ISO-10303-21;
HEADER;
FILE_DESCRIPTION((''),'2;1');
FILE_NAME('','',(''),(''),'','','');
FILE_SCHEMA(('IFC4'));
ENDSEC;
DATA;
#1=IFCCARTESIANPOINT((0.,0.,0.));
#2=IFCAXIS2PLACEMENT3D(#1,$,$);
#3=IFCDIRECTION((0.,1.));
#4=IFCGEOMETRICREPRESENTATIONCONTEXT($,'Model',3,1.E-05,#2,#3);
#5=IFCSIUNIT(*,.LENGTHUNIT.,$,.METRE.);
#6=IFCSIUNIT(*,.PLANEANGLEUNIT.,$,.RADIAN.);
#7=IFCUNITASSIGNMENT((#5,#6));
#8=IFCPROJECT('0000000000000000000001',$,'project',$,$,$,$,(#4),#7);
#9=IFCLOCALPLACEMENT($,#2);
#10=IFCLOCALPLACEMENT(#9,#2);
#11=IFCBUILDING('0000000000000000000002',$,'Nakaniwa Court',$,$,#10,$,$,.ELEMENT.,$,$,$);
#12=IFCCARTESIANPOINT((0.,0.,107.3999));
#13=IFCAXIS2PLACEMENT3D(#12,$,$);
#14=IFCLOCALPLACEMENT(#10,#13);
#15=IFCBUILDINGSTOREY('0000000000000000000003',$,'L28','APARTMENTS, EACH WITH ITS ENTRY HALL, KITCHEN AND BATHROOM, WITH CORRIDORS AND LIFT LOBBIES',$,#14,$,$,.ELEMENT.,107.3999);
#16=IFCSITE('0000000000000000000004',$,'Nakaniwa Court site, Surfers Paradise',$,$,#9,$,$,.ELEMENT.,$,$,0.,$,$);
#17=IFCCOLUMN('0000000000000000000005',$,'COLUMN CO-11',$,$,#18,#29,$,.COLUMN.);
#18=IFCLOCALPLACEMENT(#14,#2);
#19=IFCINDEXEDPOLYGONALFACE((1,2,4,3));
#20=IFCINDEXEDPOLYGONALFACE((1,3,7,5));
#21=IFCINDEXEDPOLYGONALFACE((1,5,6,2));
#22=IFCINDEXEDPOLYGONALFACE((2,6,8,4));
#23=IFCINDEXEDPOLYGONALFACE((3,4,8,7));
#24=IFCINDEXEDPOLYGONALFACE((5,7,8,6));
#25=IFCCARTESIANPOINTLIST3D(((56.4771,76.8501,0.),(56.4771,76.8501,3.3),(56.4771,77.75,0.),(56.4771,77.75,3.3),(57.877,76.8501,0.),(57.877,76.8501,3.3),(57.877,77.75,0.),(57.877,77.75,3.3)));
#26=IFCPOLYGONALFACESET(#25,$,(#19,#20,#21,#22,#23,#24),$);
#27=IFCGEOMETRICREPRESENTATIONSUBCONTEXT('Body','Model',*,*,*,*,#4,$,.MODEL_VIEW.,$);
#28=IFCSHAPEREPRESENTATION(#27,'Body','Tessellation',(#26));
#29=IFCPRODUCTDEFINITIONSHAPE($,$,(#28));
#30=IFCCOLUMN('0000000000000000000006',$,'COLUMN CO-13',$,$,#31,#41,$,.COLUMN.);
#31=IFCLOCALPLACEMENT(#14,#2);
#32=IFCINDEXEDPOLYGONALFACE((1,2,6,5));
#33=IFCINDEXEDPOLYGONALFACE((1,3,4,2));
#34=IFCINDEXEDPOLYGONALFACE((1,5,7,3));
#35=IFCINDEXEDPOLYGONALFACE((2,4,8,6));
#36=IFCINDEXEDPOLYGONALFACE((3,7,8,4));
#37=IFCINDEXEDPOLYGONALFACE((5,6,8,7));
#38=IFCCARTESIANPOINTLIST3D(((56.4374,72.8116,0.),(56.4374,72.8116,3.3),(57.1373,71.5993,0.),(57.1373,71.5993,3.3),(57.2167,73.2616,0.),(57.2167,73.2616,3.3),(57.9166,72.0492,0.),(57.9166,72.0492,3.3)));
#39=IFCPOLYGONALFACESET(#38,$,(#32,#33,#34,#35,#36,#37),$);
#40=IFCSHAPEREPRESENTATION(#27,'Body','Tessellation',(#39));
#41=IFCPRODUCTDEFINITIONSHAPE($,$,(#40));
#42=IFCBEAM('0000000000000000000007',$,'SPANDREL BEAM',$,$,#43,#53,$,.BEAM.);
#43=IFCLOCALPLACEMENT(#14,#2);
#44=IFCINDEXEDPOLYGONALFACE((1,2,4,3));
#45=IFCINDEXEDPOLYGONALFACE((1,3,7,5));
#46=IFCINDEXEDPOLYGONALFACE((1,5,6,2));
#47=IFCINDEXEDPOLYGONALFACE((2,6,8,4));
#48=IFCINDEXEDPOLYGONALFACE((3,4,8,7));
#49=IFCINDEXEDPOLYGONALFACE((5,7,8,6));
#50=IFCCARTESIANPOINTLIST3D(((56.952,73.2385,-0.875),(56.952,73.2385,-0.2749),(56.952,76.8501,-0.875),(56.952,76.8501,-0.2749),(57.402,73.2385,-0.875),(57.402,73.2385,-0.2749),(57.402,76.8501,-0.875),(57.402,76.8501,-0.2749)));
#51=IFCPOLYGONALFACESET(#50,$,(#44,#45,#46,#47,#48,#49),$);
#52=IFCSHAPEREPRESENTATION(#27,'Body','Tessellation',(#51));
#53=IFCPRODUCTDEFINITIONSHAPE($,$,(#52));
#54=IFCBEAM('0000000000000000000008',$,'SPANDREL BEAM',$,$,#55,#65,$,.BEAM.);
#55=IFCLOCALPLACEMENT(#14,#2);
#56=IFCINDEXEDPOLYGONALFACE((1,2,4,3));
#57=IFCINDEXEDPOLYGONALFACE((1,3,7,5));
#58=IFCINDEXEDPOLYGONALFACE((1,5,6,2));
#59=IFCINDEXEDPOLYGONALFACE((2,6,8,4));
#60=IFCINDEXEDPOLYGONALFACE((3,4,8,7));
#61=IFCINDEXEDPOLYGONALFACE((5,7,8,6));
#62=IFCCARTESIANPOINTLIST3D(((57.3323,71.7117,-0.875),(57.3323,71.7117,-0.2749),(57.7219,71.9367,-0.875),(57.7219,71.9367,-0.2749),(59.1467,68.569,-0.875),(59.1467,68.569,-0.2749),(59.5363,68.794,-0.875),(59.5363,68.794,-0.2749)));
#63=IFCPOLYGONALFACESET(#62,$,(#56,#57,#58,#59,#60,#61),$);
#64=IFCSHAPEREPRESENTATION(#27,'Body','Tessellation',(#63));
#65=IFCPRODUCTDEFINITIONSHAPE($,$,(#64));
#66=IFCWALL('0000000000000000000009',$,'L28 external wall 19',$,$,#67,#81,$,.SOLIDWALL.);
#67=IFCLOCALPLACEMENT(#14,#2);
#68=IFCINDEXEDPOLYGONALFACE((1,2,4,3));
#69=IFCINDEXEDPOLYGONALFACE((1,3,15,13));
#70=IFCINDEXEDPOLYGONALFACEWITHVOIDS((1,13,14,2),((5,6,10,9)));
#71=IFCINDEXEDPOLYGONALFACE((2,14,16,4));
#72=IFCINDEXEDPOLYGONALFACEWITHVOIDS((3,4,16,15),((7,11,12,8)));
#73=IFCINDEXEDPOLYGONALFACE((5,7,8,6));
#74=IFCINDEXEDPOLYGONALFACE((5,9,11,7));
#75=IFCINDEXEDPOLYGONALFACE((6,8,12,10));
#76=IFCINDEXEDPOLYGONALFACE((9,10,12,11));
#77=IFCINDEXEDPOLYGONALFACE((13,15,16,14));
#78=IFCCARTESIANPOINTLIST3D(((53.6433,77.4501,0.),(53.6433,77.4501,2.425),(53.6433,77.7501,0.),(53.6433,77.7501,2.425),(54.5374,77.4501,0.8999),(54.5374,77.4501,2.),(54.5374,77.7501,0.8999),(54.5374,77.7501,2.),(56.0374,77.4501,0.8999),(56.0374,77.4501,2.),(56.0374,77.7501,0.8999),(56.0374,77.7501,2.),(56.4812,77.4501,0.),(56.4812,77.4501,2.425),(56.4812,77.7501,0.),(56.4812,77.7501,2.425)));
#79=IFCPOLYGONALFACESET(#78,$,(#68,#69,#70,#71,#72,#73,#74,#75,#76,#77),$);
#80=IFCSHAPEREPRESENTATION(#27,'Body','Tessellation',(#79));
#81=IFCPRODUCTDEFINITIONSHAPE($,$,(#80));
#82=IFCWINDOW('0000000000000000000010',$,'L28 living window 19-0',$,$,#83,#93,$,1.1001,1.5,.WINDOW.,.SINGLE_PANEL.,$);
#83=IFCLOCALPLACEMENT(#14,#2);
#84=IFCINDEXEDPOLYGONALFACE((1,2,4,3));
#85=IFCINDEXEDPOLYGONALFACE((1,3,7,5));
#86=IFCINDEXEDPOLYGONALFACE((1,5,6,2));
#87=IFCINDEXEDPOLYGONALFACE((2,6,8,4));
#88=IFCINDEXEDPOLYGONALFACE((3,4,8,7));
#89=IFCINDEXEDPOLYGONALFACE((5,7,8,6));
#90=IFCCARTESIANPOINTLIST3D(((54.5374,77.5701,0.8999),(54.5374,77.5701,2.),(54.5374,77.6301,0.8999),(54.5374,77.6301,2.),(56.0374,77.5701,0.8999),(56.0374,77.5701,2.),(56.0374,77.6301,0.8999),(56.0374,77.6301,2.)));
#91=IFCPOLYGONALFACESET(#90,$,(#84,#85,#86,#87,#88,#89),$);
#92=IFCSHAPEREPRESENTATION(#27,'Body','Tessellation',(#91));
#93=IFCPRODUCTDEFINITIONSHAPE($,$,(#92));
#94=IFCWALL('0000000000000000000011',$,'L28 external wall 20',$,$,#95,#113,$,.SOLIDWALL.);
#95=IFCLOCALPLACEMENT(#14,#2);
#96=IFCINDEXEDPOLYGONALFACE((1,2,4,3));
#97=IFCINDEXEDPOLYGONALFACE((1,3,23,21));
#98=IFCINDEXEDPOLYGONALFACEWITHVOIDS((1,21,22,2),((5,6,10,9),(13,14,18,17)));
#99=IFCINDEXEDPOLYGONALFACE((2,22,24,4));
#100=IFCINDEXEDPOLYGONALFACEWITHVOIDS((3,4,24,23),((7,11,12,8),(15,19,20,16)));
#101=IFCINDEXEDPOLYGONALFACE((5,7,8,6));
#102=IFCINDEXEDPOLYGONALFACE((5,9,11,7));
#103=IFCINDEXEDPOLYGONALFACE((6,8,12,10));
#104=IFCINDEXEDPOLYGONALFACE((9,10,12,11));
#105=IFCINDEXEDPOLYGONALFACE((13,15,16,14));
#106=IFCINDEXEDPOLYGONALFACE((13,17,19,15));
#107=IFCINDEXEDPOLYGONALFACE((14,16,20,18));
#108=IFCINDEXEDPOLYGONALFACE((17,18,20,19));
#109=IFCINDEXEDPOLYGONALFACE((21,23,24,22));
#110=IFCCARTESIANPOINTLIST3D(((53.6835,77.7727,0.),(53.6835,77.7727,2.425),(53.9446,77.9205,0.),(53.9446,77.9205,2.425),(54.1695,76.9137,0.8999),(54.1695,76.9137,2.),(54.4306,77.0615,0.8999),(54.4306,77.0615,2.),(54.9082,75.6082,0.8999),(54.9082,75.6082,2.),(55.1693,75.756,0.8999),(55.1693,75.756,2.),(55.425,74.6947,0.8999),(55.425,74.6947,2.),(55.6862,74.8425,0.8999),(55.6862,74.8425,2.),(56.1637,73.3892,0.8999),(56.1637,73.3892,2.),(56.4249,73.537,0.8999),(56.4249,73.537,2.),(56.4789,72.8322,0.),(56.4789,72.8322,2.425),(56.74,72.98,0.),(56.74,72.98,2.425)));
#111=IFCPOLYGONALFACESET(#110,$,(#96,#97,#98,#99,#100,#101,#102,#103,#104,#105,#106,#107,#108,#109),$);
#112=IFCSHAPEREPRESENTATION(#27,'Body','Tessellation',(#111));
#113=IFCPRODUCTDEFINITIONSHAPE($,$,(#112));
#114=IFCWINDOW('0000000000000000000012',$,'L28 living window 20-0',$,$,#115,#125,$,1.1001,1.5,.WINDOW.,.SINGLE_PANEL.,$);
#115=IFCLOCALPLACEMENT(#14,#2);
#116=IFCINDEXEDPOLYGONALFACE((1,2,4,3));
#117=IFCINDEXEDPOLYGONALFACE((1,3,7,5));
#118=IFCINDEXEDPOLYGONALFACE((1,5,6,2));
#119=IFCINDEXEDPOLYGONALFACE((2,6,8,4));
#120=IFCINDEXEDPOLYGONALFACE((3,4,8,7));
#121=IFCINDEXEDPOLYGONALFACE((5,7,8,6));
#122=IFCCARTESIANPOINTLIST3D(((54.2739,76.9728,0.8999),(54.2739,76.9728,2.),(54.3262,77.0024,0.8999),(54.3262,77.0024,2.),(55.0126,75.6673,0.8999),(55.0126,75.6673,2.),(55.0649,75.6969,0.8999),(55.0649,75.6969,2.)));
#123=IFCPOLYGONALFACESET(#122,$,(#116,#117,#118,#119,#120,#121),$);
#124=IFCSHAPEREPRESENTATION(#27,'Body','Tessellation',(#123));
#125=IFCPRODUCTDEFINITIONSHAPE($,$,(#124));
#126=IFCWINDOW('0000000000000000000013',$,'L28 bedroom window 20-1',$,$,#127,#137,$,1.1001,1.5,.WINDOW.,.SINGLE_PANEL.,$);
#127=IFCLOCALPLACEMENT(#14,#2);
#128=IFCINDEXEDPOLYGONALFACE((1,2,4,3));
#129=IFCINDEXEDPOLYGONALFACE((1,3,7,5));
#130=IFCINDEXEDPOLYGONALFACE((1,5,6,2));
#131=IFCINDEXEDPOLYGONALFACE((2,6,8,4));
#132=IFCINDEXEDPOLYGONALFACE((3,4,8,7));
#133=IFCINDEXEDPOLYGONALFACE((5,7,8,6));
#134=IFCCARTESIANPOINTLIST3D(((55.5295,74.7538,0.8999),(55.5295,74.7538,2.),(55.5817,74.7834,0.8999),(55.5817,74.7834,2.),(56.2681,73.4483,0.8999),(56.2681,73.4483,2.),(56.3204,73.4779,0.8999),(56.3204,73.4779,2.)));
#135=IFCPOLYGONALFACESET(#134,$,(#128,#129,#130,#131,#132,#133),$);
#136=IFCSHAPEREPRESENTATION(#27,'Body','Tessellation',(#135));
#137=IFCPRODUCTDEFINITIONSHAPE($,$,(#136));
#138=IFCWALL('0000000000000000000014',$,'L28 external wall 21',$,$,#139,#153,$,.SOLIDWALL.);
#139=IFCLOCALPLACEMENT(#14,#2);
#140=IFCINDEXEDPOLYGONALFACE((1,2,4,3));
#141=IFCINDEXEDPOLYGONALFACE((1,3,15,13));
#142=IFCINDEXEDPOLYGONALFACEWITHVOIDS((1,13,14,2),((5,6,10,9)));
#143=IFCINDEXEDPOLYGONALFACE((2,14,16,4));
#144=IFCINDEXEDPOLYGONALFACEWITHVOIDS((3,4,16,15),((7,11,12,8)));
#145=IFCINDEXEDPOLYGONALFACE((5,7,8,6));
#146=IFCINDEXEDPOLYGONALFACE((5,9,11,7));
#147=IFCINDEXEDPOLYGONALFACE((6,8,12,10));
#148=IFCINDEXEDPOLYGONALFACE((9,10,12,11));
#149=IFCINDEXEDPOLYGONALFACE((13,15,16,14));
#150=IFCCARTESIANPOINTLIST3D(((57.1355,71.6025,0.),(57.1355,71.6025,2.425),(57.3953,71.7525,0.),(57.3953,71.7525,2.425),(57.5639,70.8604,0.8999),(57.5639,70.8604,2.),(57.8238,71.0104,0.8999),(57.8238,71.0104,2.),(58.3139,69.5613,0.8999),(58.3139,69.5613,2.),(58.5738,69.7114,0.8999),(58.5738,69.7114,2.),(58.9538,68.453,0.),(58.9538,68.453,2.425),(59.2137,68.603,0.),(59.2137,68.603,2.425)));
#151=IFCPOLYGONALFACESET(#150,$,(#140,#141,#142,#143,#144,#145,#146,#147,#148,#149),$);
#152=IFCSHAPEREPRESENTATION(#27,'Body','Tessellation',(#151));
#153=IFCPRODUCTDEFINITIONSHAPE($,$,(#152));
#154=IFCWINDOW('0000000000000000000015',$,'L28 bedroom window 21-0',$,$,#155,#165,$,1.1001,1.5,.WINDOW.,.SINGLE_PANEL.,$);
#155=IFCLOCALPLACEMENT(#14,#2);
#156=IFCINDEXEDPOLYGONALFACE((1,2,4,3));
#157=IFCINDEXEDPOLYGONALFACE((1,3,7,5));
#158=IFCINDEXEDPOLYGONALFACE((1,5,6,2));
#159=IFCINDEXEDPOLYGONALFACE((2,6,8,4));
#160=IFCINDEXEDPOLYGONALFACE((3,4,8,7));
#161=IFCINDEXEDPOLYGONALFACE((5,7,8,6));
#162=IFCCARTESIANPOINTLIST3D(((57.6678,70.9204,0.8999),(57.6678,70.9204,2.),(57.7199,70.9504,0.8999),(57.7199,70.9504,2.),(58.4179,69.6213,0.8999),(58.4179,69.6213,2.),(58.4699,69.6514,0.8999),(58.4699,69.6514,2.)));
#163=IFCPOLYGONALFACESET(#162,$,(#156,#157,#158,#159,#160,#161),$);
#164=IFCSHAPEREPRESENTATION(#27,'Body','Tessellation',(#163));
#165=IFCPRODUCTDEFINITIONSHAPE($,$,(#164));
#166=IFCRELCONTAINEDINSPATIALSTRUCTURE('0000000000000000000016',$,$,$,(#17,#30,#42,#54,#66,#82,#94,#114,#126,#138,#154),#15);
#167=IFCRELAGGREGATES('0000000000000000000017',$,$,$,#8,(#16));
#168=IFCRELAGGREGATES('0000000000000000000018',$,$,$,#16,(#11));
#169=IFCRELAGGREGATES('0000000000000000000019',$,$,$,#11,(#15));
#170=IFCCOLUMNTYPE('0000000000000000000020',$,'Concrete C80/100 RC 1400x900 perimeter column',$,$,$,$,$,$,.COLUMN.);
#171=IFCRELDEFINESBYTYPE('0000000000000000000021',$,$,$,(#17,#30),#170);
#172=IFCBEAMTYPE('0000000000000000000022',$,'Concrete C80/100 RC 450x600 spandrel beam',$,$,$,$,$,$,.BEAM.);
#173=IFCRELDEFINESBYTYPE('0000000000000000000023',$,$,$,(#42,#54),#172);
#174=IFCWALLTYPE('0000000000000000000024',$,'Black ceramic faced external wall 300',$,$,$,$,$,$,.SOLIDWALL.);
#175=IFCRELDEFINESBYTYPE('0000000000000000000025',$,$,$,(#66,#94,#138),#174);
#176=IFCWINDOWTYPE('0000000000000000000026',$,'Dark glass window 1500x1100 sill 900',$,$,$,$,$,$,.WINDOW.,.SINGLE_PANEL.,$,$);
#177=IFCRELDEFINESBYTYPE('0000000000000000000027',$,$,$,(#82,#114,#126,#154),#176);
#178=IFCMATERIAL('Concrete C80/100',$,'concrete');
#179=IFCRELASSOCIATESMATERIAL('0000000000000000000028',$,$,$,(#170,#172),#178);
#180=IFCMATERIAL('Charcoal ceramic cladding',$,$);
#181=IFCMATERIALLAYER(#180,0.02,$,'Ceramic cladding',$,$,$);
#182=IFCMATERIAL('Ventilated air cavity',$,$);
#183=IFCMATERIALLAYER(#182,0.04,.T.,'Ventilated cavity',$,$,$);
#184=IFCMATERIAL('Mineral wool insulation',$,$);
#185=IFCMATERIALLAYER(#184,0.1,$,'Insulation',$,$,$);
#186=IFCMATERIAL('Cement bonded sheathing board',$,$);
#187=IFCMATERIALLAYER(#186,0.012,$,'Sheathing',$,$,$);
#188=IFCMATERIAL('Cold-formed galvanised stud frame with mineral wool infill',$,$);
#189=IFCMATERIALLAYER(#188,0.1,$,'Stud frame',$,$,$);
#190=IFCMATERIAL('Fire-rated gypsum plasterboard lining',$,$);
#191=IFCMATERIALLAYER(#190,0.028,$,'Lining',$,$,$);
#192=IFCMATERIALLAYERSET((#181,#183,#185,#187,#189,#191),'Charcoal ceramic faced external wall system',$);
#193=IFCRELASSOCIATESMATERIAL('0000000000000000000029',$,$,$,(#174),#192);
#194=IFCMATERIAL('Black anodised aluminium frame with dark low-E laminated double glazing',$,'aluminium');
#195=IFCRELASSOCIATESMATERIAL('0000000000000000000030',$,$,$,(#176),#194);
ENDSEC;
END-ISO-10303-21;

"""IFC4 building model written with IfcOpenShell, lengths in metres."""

from ifc_helpers import new_model, si_unit, direction, frame, frame_2d, origin, origin_2d, place, context, subcontext, project, spatial, rectangle, extrude, material, layer, layer_set, material_profile, profile_set, type_object, element, fill, save


model = new_model("IFC4")

# Units and contexts
model_context = context("Model", 3, precision=1e-05, world=origin(), true_north=direction((0.0, 1.0)))
body_context = subcontext(model_context, "Body", "Model", "MODEL_VIEW")
ifc_project = project(units=[si_unit("LENGTHUNIT", "METRE"), si_unit("PLANEANGLEUNIT", "RADIAN")], contexts=[model_context])

# Site, building, storey
site_placement = place(None, origin())
site = spatial("IfcSite", under=ifc_project, at=site_placement, Name="Nakaniwa Court site, Surfers Paradise", CompositionType="ELEMENT", RefElevation=0.0)
building_placement = place(site_placement, origin())
building = spatial("IfcBuilding", under=site, at=building_placement, Name="Nakaniwa Court", CompositionType="ELEMENT")
storey_placement = place(building_placement, frame((0.0, 0.0, 107.3999)))
storey = spatial("IfcBuildingStorey", under=building, at=storey_placement, Name="L28", Description="APARTMENTS, EACH WITH ITS ENTRY HALL, KITCHEN AND BATHROOM, WITH CORRIDORS AND LIFT LOBBIES", CompositionType="ELEMENT", Elevation=107.3999)

# Columns
ifc_material_1 = material(Name="Concrete C80/100", Category="concrete")
ifc_material_profile_1 = material_profile(ifc_material_1, rectangle(XDim=1.3999, YDim=0.8999, at=origin_2d()), Name="Concrete C80/100 RC 1400x900 perimeter column")
ifc_profile_set_1 = profile_set([ifc_material_profile_1], Name="Concrete C80/100")
column_type = type_object("IfcColumnType", Name="Concrete C80/100 RC 1400x900 perimeter column", PredefinedType="COLUMN", material=ifc_profile_set_1)
for number, where, z_axis, x_axis, name in (
    (1, (57.177, 77.3, 0.0), (0.0, 0.0, 1.0), (-1.0, 0.0, 0.0), "COLUMN CO-11"),
    (2, (57.177, 72.4304, 0.0), (0.0, 0.0, 1.0), (0.5, -0.866025, 0.0), "COLUMN CO-13"),
):
    element("IfcColumn", number, at=place(storey_placement, frame(where, z_axis=z_axis, x_axis=x_axis)), inside=storey, type_object=column_type, Name=name, PredefinedType="COLUMN", context=body_context, shape_type="SweptSolid", body=[
        extrude(rectangle(XDim=1.3999, YDim=0.8999, at=origin_2d()), origin(), (0.0, 0.0, 1.0), 3.3),
    ])

# Beams
ifc_material_profile_2 = material_profile(ifc_material_1, rectangle(XDim=0.45, YDim=0.6001, at=origin_2d()), Name="Concrete C80/100 RC 450x600 spandrel beam")
ifc_profile_set_2 = profile_set([ifc_material_profile_2], Name="Concrete C80/100")
beam_type = type_object("IfcBeamType", Name="Concrete C80/100 RC 450x600 spandrel beam", PredefinedType="BEAM", material=ifc_profile_set_2)
beam_1_placement = place(storey_placement, frame((57.177, 76.8501, -0.575), z_axis=(0.0, -1.0, 0.0), x_axis=(1.0, 0.0, 0.0)))
element("IfcBeam", 3, at=beam_1_placement, inside=storey, type_object=beam_type, Name="SPANDREL BEAM", PredefinedType="BEAM", context=body_context, shape_type="SweptSolid", body=[
    extrude(rectangle(XDim=0.45, YDim=0.6001, at=origin_2d()), origin(), (0.0, 0.0, 1.0), 3.6116),
])
beam_2_placement = place(storey_placement, frame((57.5271, 71.8242, -0.575), z_axis=(0.499988, -0.866032, 0.0), x_axis=(0.866032, 0.499988, 0.0)))
element("IfcBeam", 4, at=beam_2_placement, inside=storey, type_object=beam_type, Name="SPANDREL BEAM", PredefinedType="BEAM", context=body_context, shape_type="SweptSolid", body=[
    extrude(rectangle(XDim=0.45, YDim=0.6001, at=origin_2d()), origin(), (0.0, 0.0, 1.0), 3.6289),
])

# Wall, opening, window
ifc_material_2 = material(Name="Charcoal ceramic cladding")
ifc_layer_1 = layer(ifc_material_2, 0.02, Name="Ceramic cladding")
ifc_material_3 = material(Name="Ventilated air cavity")
ifc_layer_2 = layer(ifc_material_3, 0.04, ventilated=True, Name="Ventilated cavity")
ifc_material_4 = material(Name="Mineral wool insulation")
ifc_layer_3 = layer(ifc_material_4, 0.1, Name="Insulation")
ifc_material_5 = material(Name="Cement bonded sheathing board")
ifc_layer_4 = layer(ifc_material_5, 0.012, Name="Sheathing")
ifc_material_6 = material(Name="Cold-formed galvanised stud frame with mineral wool infill")
ifc_layer_5 = layer(ifc_material_6, 0.1, Name="Stud frame")
ifc_material_7 = material(Name="Fire-rated gypsum plasterboard lining")
ifc_layer_6 = layer(ifc_material_7, 0.028, Name="Lining")
ifc_layer_set_1 = layer_set([ifc_layer_1, ifc_layer_2, ifc_layer_3, ifc_layer_4, ifc_layer_5, ifc_layer_6], Name="Charcoal ceramic faced external wall system")
wall_type_1 = type_object("IfcWallType", Name="Black ceramic faced external wall 300", PredefinedType="SOLIDWALL", material=ifc_layer_set_1)
wall_1_placement = place(storey_placement, frame((56.4812, 77.6001, 0.0), z_axis=(0.0, 0.0, 1.0), x_axis=(-1.0, 0.0, 0.0)))
wall_1 = element("IfcWall", 5, at=wall_1_placement, inside=storey, type_object=wall_type_1, Name="L28 external wall 19", PredefinedType="SOLIDWALL", context=body_context, shape_type="SweptSolid", body=[
    extrude(rectangle(XDim=2.8379, YDim=0.3, at=frame_2d((1.4189, 0.0))), origin(), (0.0, 0.0, 1.0), 2.425),
])
opening_1_placement = place(wall_1_placement, frame((0.4438, 0.0, 0.8999)))
opening_1 = element("IfcOpeningElement", 6, at=opening_1_placement, cuts=wall_1, PredefinedType="OPENING", context=body_context, shape_type="SweptSolid", body=[
    extrude(rectangle(XDim=1.5, YDim=1.1001, at=frame_2d((0.75, 0.55))), frame((0.0, 0.1599, 0.0), z_axis=(0.0, -1.0, 0.0), x_axis=(1.0, 0.0, 0.0)), (0.0, 0.0, 1.0), 0.3201),
])
ifc_material_8 = material(Name="Black anodised aluminium frame with dark low-E laminated double glazing", Category="aluminium")
window_type = type_object("IfcWindowType", Name="Dark glass window 1500x1100 sill 900", PartitioningType="SINGLE_PANEL", PredefinedType="WINDOW", material=ifc_material_8)
window_1_placement = place(opening_1_placement, origin())
window_1 = element("IfcWindow", 7, at=window_1_placement, inside=storey, type_object=window_type, Name="L28 living window 19-0", OverallHeight=1.1001, OverallWidth=1.5, PartitioningType="SINGLE_PANEL", PredefinedType="WINDOW", context=body_context, shape_type="SweptSolid", body=[
    extrude(rectangle(XDim=1.5, YDim=1.1001, at=frame_2d((0.75, 0.55))), frame((0.0, 0.03, 0.0), z_axis=(0.0, -1.0, 0.0), x_axis=(1.0, 0.0, 0.0)), (0.0, 0.0, 1.0), 0.0601),
])
fill(opening_1, window_1)

# Wall, openings, windows
wall_2_placement = place(storey_placement, frame((53.814, 77.8467, 0.0), z_axis=(0.0, 0.0, 1.0), x_axis=(0.492457, -0.870337, 0.0)))
wall_2 = element("IfcWall", 8, at=wall_2_placement, inside=storey, type_object=wall_type_1, Name="L28 external wall 20", PredefinedType="SOLIDWALL", context=body_context, shape_type="SweptSolid", body=[
    extrude(rectangle(XDim=5.6765, YDim=0.3, at=frame_2d((2.8384, 0.0))), origin(), (0.0, 0.0, 1.0), 2.425),
])
opening_2_placement = place(wall_2_placement, frame((0.9871, 0.0, 0.8999)))
opening_2 = element("IfcOpeningElement", 9, at=opening_2_placement, cuts=wall_2, PredefinedType="OPENING", context=body_context, shape_type="SweptSolid", body=[
    extrude(rectangle(XDim=1.5, YDim=1.1001, at=frame_2d((0.75, 0.55))), frame((0.0, 0.1599, 0.0), z_axis=(0.0, -1.0, 0.0), x_axis=(1.0, 0.0, 0.0)), (0.0, 0.0, 1.0), 0.3201),
])
opening_3_placement = place(wall_2_placement, frame((3.5366, 0.0, 0.8999)))
opening_3 = element("IfcOpeningElement", 10, at=opening_3_placement, cuts=wall_2, PredefinedType="OPENING", context=body_context, shape_type="SweptSolid", body=[
    extrude(rectangle(XDim=1.5, YDim=1.1001, at=frame_2d((0.75, 0.55))), frame((0.0, 0.1599, 0.0), z_axis=(0.0, -1.0, 0.0), x_axis=(1.0, 0.0, 0.0)), (0.0, 0.0, 1.0), 0.3201),
])
window_2_placement = place(opening_2_placement, origin())
window_2 = element("IfcWindow", 11, at=window_2_placement, inside=storey, type_object=window_type, Name="L28 living window 20-0", OverallHeight=1.1001, OverallWidth=1.5, PartitioningType="SINGLE_PANEL", PredefinedType="WINDOW", context=body_context, shape_type="SweptSolid", body=[
    extrude(rectangle(XDim=1.5, YDim=1.1001, at=frame_2d((0.75, 0.55))), frame((0.0, 0.03, 0.0), z_axis=(0.0, -1.0, 0.0), x_axis=(1.0, 0.0, 0.0)), (0.0, 0.0, 1.0), 0.0601),
])
fill(opening_2, window_2)
window_3_placement = place(opening_3_placement, origin())
window_3 = element("IfcWindow", 12, at=window_3_placement, inside=storey, type_object=window_type, Name="L28 bedroom window 20-1", OverallHeight=1.1001, OverallWidth=1.5, PartitioningType="SINGLE_PANEL", PredefinedType="WINDOW", context=body_context, shape_type="SweptSolid", body=[
    extrude(rectangle(XDim=1.5, YDim=1.1001, at=frame_2d((0.75, 0.55))), frame((0.0, 0.03, 0.0), z_axis=(0.0, -1.0, 0.0), x_axis=(1.0, 0.0, 0.0)), (0.0, 0.0, 1.0), 0.0601),
])
fill(opening_3, window_3)

# Wall, opening, window
wall_3_placement = place(storey_placement, frame((57.2654, 71.6775, 0.0), z_axis=(0.0, 0.0, 1.0), x_axis=(0.500009, -0.86602, 0.0)))
wall_3 = element("IfcWall", 13, at=wall_3_placement, inside=storey, type_object=wall_type_1, Name="L28 external wall 21", PredefinedType="SOLIDWALL", context=body_context, shape_type="SweptSolid", body=[
    extrude(rectangle(XDim=3.6367, YDim=0.3, at=frame_2d((1.8184, 0.0))), origin(), (0.0, 0.0, 1.0), 2.425),
])
opening_4_placement = place(wall_3_placement, frame((0.8569, 0.0, 0.8999)))
opening_4 = element("IfcOpeningElement", 14, at=opening_4_placement, cuts=wall_3, PredefinedType="OPENING", context=body_context, shape_type="SweptSolid", body=[
    extrude(rectangle(XDim=1.5, YDim=1.1001, at=frame_2d((0.75, 0.55))), frame((0.0, 0.1599, 0.0), z_axis=(0.0, -1.0, 0.0), x_axis=(1.0, 0.0, 0.0)), (0.0, 0.0, 1.0), 0.3201),
])
window_4_placement = place(opening_4_placement, origin())
window_4 = element("IfcWindow", 15, at=window_4_placement, inside=storey, type_object=window_type, Name="L28 bedroom window 21-0", OverallHeight=1.1001, OverallWidth=1.5, PartitioningType="SINGLE_PANEL", PredefinedType="WINDOW", context=body_context, shape_type="SweptSolid", body=[
    extrude(rectangle(XDim=1.5, YDim=1.1001, at=frame_2d((0.75, 0.55))), frame((0.0, 0.03, 0.0), z_axis=(0.0, -1.0, 0.0), x_axis=(1.0, 0.0, 0.0)), (0.0, 0.0, 1.0), 0.0601),
])
fill(opening_4, window_4)

save(model, "model.ifc")
